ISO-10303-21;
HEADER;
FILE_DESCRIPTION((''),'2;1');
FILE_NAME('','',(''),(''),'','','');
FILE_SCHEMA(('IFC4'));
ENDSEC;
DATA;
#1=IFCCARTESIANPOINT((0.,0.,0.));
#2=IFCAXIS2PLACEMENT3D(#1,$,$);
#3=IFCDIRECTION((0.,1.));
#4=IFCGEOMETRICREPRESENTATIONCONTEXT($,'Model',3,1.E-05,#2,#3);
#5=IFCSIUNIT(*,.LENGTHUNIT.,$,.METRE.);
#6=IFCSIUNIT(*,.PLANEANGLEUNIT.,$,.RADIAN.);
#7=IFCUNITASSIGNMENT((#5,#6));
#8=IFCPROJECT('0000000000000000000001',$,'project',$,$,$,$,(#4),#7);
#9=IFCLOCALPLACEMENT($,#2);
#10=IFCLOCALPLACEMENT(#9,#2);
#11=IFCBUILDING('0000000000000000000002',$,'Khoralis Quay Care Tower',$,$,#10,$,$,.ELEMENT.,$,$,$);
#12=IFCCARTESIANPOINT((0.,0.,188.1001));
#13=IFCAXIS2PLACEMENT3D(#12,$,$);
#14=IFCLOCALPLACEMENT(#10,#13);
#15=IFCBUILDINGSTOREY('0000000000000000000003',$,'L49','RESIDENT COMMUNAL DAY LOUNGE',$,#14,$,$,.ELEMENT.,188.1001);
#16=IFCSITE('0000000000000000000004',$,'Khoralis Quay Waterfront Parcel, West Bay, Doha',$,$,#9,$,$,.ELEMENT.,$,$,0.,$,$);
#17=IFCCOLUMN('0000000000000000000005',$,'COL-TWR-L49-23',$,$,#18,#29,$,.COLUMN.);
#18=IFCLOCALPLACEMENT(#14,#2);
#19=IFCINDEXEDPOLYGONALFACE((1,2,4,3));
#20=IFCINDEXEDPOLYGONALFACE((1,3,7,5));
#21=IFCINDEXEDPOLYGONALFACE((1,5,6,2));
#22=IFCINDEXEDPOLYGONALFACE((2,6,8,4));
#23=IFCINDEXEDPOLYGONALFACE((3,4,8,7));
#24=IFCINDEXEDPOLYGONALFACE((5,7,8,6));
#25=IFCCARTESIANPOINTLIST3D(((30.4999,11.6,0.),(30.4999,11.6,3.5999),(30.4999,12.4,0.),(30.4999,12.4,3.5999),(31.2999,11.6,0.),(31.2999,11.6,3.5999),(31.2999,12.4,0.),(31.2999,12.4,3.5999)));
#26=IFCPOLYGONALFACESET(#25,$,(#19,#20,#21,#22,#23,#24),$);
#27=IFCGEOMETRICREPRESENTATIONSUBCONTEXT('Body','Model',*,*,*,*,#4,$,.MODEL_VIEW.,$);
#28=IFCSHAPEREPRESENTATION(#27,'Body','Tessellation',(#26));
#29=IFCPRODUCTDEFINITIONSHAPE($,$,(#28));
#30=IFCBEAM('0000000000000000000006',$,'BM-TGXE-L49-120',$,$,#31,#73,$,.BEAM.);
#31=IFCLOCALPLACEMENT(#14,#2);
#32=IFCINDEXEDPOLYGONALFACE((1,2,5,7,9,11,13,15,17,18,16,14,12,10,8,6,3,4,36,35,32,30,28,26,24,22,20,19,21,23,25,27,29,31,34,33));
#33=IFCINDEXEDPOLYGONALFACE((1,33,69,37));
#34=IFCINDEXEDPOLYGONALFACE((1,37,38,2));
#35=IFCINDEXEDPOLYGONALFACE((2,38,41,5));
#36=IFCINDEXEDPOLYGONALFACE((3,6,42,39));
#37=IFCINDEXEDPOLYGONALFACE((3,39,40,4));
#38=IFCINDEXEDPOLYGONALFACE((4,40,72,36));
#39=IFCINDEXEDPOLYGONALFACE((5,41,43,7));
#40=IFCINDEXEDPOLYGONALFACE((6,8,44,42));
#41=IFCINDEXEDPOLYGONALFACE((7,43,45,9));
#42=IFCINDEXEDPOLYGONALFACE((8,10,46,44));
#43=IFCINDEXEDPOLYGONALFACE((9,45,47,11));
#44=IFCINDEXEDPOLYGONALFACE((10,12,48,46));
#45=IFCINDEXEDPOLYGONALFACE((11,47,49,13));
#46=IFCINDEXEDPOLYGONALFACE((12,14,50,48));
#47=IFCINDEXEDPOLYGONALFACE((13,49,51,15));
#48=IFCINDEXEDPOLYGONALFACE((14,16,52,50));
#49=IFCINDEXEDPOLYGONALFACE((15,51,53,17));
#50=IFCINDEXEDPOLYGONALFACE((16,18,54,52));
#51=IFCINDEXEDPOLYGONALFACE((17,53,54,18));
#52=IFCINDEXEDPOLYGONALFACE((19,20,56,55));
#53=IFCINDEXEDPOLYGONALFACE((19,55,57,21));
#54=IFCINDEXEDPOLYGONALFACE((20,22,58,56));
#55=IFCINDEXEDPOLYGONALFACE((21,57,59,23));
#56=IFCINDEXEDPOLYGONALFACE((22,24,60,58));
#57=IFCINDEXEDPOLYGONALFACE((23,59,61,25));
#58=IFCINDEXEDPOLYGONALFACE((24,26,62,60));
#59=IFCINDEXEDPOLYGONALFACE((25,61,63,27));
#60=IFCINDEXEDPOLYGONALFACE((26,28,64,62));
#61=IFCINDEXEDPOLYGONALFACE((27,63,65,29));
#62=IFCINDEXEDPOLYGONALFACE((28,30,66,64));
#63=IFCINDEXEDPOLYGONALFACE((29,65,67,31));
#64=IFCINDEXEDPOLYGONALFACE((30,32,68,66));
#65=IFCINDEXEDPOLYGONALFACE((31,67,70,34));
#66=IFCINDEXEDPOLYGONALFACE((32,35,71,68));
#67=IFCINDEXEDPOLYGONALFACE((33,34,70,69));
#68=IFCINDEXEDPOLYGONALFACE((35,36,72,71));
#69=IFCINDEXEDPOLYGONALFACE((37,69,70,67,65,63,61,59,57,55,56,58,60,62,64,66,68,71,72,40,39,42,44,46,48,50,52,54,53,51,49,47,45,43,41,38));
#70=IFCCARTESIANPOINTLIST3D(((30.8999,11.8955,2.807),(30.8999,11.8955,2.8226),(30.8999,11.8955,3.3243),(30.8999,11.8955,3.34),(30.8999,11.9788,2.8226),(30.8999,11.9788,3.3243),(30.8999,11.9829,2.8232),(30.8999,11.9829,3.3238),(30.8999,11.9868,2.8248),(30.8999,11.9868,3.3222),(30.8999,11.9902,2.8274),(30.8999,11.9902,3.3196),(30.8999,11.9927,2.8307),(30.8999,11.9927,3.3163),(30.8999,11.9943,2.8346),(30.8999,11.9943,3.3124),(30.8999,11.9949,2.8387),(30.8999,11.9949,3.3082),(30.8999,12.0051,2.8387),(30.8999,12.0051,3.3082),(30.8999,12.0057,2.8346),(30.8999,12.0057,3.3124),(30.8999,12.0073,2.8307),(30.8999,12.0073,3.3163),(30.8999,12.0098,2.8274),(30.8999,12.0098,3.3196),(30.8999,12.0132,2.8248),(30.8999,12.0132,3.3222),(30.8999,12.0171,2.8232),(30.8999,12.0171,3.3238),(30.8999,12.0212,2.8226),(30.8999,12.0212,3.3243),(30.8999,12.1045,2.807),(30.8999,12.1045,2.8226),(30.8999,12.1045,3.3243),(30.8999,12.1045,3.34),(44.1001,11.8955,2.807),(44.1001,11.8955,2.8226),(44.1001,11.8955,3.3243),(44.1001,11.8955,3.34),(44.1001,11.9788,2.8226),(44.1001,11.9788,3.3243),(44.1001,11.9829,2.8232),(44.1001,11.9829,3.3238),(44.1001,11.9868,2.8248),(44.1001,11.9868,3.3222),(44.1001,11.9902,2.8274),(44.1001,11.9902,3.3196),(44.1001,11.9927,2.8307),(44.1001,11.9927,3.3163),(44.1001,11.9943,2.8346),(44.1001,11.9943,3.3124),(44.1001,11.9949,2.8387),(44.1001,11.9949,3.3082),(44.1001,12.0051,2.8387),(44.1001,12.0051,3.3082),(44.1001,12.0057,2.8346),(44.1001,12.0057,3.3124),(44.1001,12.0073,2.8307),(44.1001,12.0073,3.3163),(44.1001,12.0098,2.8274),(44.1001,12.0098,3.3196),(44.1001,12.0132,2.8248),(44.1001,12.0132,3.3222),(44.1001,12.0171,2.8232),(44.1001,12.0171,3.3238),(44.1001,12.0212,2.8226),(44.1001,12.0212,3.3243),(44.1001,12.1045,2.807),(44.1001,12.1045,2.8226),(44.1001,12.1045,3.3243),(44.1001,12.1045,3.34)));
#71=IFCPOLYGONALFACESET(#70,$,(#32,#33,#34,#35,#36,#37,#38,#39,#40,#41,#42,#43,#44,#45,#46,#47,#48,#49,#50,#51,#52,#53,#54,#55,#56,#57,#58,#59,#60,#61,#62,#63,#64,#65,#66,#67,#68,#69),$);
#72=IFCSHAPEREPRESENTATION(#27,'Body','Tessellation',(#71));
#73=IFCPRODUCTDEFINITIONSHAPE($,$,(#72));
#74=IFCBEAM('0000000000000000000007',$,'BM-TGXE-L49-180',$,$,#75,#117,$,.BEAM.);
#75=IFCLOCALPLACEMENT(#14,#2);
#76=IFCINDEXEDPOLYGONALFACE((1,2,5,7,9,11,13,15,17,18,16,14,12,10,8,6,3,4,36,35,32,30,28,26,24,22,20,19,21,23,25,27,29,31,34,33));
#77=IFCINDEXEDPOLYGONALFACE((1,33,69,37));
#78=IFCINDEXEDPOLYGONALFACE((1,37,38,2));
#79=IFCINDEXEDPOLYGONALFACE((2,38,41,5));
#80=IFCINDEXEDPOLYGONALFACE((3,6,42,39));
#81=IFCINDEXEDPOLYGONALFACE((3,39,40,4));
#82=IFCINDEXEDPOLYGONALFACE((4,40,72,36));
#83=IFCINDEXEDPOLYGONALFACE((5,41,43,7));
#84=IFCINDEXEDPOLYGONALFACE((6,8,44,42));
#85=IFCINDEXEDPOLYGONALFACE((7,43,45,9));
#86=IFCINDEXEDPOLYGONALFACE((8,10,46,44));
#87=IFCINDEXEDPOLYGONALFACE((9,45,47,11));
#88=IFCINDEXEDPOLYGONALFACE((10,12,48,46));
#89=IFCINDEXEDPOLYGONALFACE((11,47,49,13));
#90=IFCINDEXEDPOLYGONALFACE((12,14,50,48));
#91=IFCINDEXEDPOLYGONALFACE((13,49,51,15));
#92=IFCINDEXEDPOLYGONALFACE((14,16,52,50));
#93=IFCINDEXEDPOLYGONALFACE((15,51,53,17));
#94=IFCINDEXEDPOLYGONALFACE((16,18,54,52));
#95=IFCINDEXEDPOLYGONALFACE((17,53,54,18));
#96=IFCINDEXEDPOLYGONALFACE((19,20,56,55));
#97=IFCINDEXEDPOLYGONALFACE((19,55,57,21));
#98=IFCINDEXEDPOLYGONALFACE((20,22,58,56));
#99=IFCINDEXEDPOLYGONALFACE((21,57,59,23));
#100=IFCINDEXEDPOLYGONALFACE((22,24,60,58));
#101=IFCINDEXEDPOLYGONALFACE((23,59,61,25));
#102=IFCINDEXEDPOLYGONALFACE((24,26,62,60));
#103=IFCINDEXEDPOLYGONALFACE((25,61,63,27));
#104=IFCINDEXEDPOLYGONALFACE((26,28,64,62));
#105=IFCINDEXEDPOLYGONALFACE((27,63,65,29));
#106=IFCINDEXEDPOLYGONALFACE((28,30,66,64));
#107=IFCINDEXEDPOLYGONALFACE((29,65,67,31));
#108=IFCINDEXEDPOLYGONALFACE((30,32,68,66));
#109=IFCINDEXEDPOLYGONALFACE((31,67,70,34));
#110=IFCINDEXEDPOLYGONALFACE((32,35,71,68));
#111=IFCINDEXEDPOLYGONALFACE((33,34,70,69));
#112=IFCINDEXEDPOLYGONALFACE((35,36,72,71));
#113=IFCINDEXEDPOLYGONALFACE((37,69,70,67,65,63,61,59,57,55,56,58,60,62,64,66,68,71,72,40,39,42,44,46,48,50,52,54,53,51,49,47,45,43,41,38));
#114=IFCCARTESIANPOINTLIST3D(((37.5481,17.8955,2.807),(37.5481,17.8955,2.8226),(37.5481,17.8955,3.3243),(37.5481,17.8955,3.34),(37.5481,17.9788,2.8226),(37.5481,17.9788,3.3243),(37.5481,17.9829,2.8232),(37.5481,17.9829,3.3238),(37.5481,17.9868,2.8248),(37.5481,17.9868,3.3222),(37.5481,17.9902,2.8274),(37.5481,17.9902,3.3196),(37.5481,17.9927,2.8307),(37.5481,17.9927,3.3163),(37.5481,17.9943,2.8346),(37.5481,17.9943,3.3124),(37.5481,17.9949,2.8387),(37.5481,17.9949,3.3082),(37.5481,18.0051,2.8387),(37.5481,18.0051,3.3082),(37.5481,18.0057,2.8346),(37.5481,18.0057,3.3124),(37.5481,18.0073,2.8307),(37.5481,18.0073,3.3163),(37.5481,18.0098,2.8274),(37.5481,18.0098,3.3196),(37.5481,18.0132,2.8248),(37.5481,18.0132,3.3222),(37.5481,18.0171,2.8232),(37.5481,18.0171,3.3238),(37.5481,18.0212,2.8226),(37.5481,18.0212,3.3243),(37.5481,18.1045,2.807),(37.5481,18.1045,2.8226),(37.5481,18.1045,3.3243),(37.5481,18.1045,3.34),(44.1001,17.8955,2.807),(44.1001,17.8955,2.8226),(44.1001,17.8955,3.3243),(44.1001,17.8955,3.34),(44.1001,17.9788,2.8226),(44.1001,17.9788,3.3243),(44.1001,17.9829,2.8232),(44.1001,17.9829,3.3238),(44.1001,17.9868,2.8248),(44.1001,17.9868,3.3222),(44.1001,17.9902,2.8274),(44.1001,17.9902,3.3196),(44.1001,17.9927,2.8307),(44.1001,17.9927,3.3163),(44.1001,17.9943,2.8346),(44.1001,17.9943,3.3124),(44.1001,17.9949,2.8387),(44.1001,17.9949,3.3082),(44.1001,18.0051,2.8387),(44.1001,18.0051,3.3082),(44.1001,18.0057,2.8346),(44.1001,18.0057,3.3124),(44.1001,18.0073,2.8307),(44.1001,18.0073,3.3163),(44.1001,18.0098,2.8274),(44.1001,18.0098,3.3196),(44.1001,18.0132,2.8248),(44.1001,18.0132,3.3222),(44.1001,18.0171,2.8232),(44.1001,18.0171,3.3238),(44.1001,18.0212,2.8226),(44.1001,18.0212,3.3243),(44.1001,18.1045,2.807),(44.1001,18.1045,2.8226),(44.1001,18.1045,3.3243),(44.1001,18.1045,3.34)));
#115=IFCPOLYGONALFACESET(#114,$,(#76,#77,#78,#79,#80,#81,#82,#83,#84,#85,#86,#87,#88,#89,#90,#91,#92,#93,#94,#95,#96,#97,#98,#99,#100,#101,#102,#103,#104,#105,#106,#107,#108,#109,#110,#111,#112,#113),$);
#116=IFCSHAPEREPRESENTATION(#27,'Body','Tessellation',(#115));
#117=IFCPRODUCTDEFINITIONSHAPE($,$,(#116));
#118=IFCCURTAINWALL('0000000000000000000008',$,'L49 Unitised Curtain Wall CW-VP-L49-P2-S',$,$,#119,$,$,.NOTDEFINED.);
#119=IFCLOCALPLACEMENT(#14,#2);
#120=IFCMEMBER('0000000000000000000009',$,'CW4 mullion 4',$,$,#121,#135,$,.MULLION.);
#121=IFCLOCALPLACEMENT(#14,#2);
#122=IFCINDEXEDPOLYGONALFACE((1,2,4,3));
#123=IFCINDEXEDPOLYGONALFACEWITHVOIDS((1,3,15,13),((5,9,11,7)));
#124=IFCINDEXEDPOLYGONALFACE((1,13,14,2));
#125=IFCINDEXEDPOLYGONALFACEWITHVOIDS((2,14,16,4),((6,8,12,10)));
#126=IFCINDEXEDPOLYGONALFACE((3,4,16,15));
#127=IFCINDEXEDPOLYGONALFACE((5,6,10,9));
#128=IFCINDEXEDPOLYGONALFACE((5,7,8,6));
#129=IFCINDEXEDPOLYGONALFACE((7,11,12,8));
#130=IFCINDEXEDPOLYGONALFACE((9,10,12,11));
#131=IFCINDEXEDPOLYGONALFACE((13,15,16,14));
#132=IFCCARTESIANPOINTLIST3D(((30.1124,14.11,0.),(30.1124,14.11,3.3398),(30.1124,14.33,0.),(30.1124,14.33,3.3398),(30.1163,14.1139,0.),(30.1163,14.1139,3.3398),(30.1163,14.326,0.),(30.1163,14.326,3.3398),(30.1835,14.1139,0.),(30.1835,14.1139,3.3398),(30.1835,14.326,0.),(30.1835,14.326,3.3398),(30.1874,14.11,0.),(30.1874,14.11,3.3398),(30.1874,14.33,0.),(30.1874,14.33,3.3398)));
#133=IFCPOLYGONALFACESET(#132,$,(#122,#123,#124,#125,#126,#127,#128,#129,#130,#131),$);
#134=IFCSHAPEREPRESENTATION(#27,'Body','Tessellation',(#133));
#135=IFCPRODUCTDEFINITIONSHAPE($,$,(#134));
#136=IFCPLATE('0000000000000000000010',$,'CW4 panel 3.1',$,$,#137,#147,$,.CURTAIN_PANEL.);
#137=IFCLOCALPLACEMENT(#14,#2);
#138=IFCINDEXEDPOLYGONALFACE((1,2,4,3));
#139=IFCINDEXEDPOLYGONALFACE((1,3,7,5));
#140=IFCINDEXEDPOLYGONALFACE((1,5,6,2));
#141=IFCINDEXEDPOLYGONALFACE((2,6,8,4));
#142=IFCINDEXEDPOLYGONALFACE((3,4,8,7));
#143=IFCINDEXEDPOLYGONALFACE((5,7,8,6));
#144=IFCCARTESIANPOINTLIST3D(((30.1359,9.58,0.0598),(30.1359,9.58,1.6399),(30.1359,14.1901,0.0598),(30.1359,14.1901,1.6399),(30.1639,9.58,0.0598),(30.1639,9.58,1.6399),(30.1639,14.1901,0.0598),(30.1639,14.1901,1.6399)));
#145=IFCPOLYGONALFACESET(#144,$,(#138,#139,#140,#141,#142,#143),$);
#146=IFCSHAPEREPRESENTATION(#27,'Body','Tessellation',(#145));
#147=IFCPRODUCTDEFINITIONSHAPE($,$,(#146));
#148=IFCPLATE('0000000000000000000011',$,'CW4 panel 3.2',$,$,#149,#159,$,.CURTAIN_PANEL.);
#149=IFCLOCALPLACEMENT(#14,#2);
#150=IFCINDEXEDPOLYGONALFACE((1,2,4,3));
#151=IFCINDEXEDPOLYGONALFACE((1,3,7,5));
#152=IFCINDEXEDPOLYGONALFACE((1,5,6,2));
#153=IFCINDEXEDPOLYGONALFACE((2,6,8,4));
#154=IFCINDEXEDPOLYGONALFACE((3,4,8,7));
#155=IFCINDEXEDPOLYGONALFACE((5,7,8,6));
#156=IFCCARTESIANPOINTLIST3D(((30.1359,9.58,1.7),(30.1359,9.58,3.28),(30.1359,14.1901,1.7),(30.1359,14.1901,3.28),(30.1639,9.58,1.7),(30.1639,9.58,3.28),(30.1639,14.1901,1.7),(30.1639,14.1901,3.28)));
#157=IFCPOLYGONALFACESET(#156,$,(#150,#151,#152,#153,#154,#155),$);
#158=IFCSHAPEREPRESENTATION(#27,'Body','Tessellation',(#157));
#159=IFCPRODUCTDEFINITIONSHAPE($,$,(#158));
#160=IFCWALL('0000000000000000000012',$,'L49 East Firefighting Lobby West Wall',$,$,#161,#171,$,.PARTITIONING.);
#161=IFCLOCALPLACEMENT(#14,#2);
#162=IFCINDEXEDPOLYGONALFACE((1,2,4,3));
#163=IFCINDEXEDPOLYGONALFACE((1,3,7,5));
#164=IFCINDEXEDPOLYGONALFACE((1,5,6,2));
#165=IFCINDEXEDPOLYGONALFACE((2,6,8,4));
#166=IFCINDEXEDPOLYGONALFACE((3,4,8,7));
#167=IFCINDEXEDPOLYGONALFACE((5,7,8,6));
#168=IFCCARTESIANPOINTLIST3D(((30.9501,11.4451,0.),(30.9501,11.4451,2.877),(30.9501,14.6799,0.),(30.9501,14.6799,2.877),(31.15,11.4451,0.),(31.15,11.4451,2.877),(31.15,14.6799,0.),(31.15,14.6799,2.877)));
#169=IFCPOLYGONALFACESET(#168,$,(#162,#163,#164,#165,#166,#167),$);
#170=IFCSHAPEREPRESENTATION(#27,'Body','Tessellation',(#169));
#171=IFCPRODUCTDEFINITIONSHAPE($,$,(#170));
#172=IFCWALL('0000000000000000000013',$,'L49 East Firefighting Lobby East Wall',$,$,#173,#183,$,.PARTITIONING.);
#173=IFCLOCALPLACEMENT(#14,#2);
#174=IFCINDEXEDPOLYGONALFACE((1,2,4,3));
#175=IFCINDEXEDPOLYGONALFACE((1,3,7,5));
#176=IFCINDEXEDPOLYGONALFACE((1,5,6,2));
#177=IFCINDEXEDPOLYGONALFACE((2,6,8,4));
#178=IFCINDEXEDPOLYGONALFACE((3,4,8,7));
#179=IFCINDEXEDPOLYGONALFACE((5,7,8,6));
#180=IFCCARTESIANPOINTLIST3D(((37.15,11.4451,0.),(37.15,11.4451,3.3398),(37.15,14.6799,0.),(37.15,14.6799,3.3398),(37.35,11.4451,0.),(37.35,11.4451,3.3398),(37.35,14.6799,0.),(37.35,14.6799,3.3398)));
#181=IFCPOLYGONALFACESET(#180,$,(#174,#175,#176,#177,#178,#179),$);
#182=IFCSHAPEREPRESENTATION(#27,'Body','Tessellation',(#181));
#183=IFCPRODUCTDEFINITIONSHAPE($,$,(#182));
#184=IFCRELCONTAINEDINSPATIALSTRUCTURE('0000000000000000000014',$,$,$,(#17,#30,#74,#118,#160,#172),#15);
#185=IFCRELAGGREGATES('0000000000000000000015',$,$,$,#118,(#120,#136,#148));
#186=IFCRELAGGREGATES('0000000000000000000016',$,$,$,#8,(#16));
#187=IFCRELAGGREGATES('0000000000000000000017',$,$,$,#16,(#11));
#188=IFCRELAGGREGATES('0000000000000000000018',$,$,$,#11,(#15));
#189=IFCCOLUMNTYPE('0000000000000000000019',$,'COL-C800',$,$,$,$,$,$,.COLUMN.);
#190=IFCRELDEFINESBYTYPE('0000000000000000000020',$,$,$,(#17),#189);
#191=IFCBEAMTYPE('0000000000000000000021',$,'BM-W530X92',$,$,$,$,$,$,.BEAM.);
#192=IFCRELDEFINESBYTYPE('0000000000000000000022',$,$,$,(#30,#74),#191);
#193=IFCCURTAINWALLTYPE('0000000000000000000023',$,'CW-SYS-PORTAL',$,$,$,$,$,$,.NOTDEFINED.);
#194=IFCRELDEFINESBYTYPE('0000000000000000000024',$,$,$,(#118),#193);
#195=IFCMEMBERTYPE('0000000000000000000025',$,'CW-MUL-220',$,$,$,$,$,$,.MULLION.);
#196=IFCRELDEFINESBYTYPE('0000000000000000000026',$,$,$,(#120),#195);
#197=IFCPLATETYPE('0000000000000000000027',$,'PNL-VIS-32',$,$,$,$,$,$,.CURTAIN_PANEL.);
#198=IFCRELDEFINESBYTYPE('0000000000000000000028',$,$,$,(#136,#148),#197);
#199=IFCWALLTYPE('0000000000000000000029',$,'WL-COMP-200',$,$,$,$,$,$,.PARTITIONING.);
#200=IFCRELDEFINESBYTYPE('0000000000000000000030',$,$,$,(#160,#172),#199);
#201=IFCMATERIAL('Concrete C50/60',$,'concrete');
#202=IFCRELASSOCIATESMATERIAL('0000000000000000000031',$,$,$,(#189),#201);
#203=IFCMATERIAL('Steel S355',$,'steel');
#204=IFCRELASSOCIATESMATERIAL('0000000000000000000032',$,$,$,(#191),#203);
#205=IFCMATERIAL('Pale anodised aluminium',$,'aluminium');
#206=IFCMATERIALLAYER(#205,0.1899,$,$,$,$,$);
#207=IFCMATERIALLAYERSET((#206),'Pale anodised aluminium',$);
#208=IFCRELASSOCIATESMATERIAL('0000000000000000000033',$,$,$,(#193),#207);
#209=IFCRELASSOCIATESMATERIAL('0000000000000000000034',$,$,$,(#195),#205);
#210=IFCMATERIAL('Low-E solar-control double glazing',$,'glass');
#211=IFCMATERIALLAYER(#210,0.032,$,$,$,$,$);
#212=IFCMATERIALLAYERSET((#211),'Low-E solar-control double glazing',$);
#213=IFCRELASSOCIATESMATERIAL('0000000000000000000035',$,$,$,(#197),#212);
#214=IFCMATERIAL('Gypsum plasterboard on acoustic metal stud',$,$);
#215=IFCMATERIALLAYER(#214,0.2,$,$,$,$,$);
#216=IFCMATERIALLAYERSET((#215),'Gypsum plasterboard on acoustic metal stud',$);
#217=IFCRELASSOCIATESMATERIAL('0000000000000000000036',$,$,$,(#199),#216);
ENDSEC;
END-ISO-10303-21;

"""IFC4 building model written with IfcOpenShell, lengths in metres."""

from ifc_helpers import new_model, si_unit, direction, frame, frame_2d, origin, origin_2d, place, context, subcontext, project, spatial, rectangle, hollow_rectangle, i_section, extrude, source, transform, mapped, material, layer, layer_set, material_profile, profile_set, type_object, element, aggregate, save


model = new_model("IFC4")

# Units and contexts
model_context = context("Model", 3, precision=1e-05, world=origin(), true_north=direction((0.0, 1.0)))
body_context = subcontext(model_context, "Body", "Model", "MODEL_VIEW")
ifc_project = project(units=[si_unit("LENGTHUNIT", "METRE"), si_unit("PLANEANGLEUNIT", "RADIAN")], contexts=[model_context])

# Site, building, storey
site_placement = place(None, origin())
site = spatial("IfcSite", under=ifc_project, at=site_placement, Name="Khoralis Quay Waterfront Parcel, West Bay, Doha", CompositionType="ELEMENT", RefElevation=0.0)
building_placement = place(site_placement, origin())
building = spatial("IfcBuilding", under=site, at=building_placement, Name="Khoralis Quay Care Tower", CompositionType="ELEMENT")
storey_placement = place(building_placement, frame((0.0, 0.0, 188.1001)))
storey = spatial("IfcBuildingStorey", under=building, at=storey_placement, Name="L49", Description="RESIDENT COMMUNAL DAY LOUNGE", CompositionType="ELEMENT", Elevation=188.1001)

# Column
ifc_material_1 = material(Name="Concrete C50/60", Category="concrete")
ifc_material_profile_1 = material_profile(ifc_material_1, rectangle(XDim=0.8, YDim=0.8, at=origin_2d()), Name="Concrete C50/60")
ifc_profile_set_1 = profile_set([ifc_material_profile_1], Name="Concrete C50/60")
column_type = type_object("IfcColumnType", Name="COL-C800", PredefinedType="COLUMN", material=ifc_profile_set_1)
shared_shape_1 = source(origin(), body_context, "Body", "SweptSolid", [
    extrude(rectangle(XDim=0.8, YDim=0.8, at=origin_2d()), origin(), (0.0, 0.0, 1.0), 3.5999),
])
column_placement = place(storey_placement, frame((30.8999, 12.0, 0.0), z_axis=(0.0, 0.0, 1.0), x_axis=(1.0, 0.0, 0.0)))
element("IfcColumn", 1, at=column_placement, inside=storey, type_object=column_type, Name="COL-TWR-L49-23", PredefinedType="COLUMN", context=body_context, shape_type="MappedRepresentation", body=[
    mapped(shared_shape_1, transform((0.0, 0.0, 0.0), scale=1.0)),
])

# Beams
ifc_material_2 = material(Name="Steel S355", Category="steel")
ifc_material_profile_2 = material_profile(ifc_material_2, i_section(OverallWidth=0.209, OverallDepth=0.533, WebThickness=0.0103, FlangeThickness=0.0156, FilletRadius=0.0161, at=origin_2d()), Name="Steel S355")
ifc_profile_set_2 = profile_set([ifc_material_profile_2], Name="Steel S355")
beam_type = type_object("IfcBeamType", Name="BM-W530X92", PredefinedType="BEAM", material=ifc_profile_set_2)
shared_shape_2 = source(origin(), body_context, "Body", "SweptSolid", [
    extrude(i_section(OverallWidth=0.209, OverallDepth=0.533, WebThickness=0.0103, FlangeThickness=0.0156, FilletRadius=0.0161, at=origin_2d()), origin(), (0.0, 0.0, 1.0), 13.2002),
])
beam_1_placement = place(storey_placement, frame((30.8999, 12.0, 3.0735), z_axis=(1.0, 0.0, 0.0), x_axis=(0.0, 1.0, 0.0)))
element("IfcBeam", 2, at=beam_1_placement, inside=storey, type_object=beam_type, Name="BM-TGXE-L49-120", PredefinedType="BEAM", context=body_context, shape_type="MappedRepresentation", body=[
    mapped(shared_shape_2, transform((0.0, 0.0, 0.0), scale=1.0)),
])
shared_shape_3 = source(origin(), body_context, "Body", "SweptSolid", [
    extrude(i_section(OverallWidth=0.209, OverallDepth=0.533, WebThickness=0.0103, FlangeThickness=0.0156, FilletRadius=0.0161, at=origin_2d()), origin(), (0.0, 0.0, 1.0), 6.552),
])
beam_2_placement = place(storey_placement, frame((37.5481, 18.0, 3.0735), z_axis=(1.0, 0.0, 0.0), x_axis=(0.0, 1.0, 0.0)))
element("IfcBeam", 3, at=beam_2_placement, inside=storey, type_object=beam_type, Name="BM-TGXE-L49-180", PredefinedType="BEAM", context=body_context, shape_type="MappedRepresentation", body=[
    mapped(shared_shape_3, transform((0.0, 0.0, 0.0), scale=1.0)),
])

# Curtain wall, member, plates
ifc_material_3 = material(Name="Pale anodised aluminium", Category="aluminium")
ifc_layer_1 = layer(ifc_material_3, 0.1899)
ifc_layer_set_1 = layer_set([ifc_layer_1], Name="Pale anodised aluminium")
curtain_wall_type = type_object("IfcCurtainWallType", Name="CW-SYS-PORTAL", PredefinedType="NOTDEFINED", material=ifc_layer_set_1)
curtain_wall_placement = place(storey_placement, origin())
curtain_wall = element("IfcCurtainWall", 4, at=curtain_wall_placement, inside=storey, type_object=curtain_wall_type, Name="L49 Unitised Curtain Wall CW-VP-L49-P2-S", PredefinedType="NOTDEFINED")
ifc_material_profile_3 = material_profile(ifc_material_3, hollow_rectangle(XDim=0.075, YDim=0.22, WallThickness=0.0039, at=origin_2d()), Name="Pale anodised aluminium")
ifc_profile_set_3 = profile_set([ifc_material_profile_3], Name="Pale anodised aluminium")
member_type = type_object("IfcMemberType", Name="CW-MUL-220", PredefinedType="MULLION", material=ifc_profile_set_3)
shared_shape_4 = source(origin(), body_context, "Body", "SweptSolid", [
    extrude(hollow_rectangle(XDim=0.075, YDim=0.22, WallThickness=0.0039, at=origin_2d()), origin(), (0.0, 0.0, 1.0), 3.3398),
])
member_placement = place(storey_placement, frame((30.1499, 14.22, 0.0), z_axis=(0.0, 0.0, 1.0), x_axis=(-1.0, 0.0, 0.0)))
member = element("IfcMember", 5, at=member_placement, type_object=member_type, Name="CW4 mullion 4", PredefinedType="MULLION", context=body_context, shape_type="MappedRepresentation", body=[
    mapped(shared_shape_4, transform((0.0, 0.0, 0.0), scale=1.0)),
])
ifc_material_4 = material(Name="Low-E solar-control double glazing", Category="glass")
ifc_layer_2 = layer(ifc_material_4, 0.032)
ifc_layer_set_2 = layer_set([ifc_layer_2], Name="Low-E solar-control double glazing")
plate_type = type_object("IfcPlateType", Name="PNL-VIS-32", PredefinedType="CURTAIN_PANEL", material=ifc_layer_set_2)
shared_shape_5 = source(origin(), body_context, "Body", "SweptSolid", [
    extrude(rectangle(XDim=4.6101, YDim=0.0281, at=origin_2d()), origin(), (0.0, 0.0, 1.0), 1.5801),
])
plate_1_placement = place(storey_placement, frame((30.1499, 11.885, 0.0598), z_axis=(0.0, 0.0, 1.0), x_axis=(0.0, 1.0, 0.0)))
plate_1 = element("IfcPlate", 6, at=plate_1_placement, type_object=plate_type, Name="CW4 panel 3.1", PredefinedType="CURTAIN_PANEL", context=body_context, shape_type="MappedRepresentation", body=[
    mapped(shared_shape_5, transform((0.0, 0.0, 0.0), scale=1.0)),
])
plate_2_placement = place(storey_placement, frame((30.1499, 11.885, 1.7), z_axis=(0.0, 0.0, 1.0), x_axis=(0.0, 1.0, 0.0)))
plate_2 = element("IfcPlate", 7, at=plate_2_placement, type_object=plate_type, Name="CW4 panel 3.2", PredefinedType="CURTAIN_PANEL", context=body_context, shape_type="MappedRepresentation", body=[
    mapped(shared_shape_5, transform((0.0, 0.0, 0.0), scale=1.0)),
])
aggregate(curtain_wall, [member, plate_1, plate_2])

# Walls
ifc_material_5 = material(Name="Gypsum plasterboard on acoustic metal stud")
ifc_layer_3 = layer(ifc_material_5, 0.2)
ifc_layer_set_3 = layer_set([ifc_layer_3], Name="Gypsum plasterboard on acoustic metal stud")
wall_type_1 = type_object("IfcWallType", Name="WL-COMP-200", PredefinedType="PARTITIONING", material=ifc_layer_set_3)
wall_1_placement = place(storey_placement, frame((31.05, 11.4451, 0.0), z_axis=(0.0, 0.0, 1.0), x_axis=(0.0, 1.0, 0.0)))
element("IfcWall", 8, at=wall_1_placement, inside=storey, type_object=wall_type_1, Name="L49 East Firefighting Lobby West Wall", PredefinedType="PARTITIONING", context=body_context, shape_type="SweptSolid", body=[
    extrude(rectangle(XDim=3.2349, YDim=0.2, at=frame_2d((1.6174, 0.0))), origin(), (0.0, 0.0, 1.0), 2.877),
])
wall_2_placement = place(storey_placement, frame((37.25, 11.4451, 0.0), z_axis=(0.0, 0.0, 1.0), x_axis=(0.0, 1.0, 0.0)))
element("IfcWall", 9, at=wall_2_placement, inside=storey, type_object=wall_type_1, Name="L49 East Firefighting Lobby East Wall", PredefinedType="PARTITIONING", context=body_context, shape_type="SweptSolid", body=[
    extrude(rectangle(XDim=3.2349, YDim=0.2, at=frame_2d((1.6174, 0.0))), origin(), (0.0, 0.0, 1.0), 3.3398),
])

save(model, "model.ifc")
